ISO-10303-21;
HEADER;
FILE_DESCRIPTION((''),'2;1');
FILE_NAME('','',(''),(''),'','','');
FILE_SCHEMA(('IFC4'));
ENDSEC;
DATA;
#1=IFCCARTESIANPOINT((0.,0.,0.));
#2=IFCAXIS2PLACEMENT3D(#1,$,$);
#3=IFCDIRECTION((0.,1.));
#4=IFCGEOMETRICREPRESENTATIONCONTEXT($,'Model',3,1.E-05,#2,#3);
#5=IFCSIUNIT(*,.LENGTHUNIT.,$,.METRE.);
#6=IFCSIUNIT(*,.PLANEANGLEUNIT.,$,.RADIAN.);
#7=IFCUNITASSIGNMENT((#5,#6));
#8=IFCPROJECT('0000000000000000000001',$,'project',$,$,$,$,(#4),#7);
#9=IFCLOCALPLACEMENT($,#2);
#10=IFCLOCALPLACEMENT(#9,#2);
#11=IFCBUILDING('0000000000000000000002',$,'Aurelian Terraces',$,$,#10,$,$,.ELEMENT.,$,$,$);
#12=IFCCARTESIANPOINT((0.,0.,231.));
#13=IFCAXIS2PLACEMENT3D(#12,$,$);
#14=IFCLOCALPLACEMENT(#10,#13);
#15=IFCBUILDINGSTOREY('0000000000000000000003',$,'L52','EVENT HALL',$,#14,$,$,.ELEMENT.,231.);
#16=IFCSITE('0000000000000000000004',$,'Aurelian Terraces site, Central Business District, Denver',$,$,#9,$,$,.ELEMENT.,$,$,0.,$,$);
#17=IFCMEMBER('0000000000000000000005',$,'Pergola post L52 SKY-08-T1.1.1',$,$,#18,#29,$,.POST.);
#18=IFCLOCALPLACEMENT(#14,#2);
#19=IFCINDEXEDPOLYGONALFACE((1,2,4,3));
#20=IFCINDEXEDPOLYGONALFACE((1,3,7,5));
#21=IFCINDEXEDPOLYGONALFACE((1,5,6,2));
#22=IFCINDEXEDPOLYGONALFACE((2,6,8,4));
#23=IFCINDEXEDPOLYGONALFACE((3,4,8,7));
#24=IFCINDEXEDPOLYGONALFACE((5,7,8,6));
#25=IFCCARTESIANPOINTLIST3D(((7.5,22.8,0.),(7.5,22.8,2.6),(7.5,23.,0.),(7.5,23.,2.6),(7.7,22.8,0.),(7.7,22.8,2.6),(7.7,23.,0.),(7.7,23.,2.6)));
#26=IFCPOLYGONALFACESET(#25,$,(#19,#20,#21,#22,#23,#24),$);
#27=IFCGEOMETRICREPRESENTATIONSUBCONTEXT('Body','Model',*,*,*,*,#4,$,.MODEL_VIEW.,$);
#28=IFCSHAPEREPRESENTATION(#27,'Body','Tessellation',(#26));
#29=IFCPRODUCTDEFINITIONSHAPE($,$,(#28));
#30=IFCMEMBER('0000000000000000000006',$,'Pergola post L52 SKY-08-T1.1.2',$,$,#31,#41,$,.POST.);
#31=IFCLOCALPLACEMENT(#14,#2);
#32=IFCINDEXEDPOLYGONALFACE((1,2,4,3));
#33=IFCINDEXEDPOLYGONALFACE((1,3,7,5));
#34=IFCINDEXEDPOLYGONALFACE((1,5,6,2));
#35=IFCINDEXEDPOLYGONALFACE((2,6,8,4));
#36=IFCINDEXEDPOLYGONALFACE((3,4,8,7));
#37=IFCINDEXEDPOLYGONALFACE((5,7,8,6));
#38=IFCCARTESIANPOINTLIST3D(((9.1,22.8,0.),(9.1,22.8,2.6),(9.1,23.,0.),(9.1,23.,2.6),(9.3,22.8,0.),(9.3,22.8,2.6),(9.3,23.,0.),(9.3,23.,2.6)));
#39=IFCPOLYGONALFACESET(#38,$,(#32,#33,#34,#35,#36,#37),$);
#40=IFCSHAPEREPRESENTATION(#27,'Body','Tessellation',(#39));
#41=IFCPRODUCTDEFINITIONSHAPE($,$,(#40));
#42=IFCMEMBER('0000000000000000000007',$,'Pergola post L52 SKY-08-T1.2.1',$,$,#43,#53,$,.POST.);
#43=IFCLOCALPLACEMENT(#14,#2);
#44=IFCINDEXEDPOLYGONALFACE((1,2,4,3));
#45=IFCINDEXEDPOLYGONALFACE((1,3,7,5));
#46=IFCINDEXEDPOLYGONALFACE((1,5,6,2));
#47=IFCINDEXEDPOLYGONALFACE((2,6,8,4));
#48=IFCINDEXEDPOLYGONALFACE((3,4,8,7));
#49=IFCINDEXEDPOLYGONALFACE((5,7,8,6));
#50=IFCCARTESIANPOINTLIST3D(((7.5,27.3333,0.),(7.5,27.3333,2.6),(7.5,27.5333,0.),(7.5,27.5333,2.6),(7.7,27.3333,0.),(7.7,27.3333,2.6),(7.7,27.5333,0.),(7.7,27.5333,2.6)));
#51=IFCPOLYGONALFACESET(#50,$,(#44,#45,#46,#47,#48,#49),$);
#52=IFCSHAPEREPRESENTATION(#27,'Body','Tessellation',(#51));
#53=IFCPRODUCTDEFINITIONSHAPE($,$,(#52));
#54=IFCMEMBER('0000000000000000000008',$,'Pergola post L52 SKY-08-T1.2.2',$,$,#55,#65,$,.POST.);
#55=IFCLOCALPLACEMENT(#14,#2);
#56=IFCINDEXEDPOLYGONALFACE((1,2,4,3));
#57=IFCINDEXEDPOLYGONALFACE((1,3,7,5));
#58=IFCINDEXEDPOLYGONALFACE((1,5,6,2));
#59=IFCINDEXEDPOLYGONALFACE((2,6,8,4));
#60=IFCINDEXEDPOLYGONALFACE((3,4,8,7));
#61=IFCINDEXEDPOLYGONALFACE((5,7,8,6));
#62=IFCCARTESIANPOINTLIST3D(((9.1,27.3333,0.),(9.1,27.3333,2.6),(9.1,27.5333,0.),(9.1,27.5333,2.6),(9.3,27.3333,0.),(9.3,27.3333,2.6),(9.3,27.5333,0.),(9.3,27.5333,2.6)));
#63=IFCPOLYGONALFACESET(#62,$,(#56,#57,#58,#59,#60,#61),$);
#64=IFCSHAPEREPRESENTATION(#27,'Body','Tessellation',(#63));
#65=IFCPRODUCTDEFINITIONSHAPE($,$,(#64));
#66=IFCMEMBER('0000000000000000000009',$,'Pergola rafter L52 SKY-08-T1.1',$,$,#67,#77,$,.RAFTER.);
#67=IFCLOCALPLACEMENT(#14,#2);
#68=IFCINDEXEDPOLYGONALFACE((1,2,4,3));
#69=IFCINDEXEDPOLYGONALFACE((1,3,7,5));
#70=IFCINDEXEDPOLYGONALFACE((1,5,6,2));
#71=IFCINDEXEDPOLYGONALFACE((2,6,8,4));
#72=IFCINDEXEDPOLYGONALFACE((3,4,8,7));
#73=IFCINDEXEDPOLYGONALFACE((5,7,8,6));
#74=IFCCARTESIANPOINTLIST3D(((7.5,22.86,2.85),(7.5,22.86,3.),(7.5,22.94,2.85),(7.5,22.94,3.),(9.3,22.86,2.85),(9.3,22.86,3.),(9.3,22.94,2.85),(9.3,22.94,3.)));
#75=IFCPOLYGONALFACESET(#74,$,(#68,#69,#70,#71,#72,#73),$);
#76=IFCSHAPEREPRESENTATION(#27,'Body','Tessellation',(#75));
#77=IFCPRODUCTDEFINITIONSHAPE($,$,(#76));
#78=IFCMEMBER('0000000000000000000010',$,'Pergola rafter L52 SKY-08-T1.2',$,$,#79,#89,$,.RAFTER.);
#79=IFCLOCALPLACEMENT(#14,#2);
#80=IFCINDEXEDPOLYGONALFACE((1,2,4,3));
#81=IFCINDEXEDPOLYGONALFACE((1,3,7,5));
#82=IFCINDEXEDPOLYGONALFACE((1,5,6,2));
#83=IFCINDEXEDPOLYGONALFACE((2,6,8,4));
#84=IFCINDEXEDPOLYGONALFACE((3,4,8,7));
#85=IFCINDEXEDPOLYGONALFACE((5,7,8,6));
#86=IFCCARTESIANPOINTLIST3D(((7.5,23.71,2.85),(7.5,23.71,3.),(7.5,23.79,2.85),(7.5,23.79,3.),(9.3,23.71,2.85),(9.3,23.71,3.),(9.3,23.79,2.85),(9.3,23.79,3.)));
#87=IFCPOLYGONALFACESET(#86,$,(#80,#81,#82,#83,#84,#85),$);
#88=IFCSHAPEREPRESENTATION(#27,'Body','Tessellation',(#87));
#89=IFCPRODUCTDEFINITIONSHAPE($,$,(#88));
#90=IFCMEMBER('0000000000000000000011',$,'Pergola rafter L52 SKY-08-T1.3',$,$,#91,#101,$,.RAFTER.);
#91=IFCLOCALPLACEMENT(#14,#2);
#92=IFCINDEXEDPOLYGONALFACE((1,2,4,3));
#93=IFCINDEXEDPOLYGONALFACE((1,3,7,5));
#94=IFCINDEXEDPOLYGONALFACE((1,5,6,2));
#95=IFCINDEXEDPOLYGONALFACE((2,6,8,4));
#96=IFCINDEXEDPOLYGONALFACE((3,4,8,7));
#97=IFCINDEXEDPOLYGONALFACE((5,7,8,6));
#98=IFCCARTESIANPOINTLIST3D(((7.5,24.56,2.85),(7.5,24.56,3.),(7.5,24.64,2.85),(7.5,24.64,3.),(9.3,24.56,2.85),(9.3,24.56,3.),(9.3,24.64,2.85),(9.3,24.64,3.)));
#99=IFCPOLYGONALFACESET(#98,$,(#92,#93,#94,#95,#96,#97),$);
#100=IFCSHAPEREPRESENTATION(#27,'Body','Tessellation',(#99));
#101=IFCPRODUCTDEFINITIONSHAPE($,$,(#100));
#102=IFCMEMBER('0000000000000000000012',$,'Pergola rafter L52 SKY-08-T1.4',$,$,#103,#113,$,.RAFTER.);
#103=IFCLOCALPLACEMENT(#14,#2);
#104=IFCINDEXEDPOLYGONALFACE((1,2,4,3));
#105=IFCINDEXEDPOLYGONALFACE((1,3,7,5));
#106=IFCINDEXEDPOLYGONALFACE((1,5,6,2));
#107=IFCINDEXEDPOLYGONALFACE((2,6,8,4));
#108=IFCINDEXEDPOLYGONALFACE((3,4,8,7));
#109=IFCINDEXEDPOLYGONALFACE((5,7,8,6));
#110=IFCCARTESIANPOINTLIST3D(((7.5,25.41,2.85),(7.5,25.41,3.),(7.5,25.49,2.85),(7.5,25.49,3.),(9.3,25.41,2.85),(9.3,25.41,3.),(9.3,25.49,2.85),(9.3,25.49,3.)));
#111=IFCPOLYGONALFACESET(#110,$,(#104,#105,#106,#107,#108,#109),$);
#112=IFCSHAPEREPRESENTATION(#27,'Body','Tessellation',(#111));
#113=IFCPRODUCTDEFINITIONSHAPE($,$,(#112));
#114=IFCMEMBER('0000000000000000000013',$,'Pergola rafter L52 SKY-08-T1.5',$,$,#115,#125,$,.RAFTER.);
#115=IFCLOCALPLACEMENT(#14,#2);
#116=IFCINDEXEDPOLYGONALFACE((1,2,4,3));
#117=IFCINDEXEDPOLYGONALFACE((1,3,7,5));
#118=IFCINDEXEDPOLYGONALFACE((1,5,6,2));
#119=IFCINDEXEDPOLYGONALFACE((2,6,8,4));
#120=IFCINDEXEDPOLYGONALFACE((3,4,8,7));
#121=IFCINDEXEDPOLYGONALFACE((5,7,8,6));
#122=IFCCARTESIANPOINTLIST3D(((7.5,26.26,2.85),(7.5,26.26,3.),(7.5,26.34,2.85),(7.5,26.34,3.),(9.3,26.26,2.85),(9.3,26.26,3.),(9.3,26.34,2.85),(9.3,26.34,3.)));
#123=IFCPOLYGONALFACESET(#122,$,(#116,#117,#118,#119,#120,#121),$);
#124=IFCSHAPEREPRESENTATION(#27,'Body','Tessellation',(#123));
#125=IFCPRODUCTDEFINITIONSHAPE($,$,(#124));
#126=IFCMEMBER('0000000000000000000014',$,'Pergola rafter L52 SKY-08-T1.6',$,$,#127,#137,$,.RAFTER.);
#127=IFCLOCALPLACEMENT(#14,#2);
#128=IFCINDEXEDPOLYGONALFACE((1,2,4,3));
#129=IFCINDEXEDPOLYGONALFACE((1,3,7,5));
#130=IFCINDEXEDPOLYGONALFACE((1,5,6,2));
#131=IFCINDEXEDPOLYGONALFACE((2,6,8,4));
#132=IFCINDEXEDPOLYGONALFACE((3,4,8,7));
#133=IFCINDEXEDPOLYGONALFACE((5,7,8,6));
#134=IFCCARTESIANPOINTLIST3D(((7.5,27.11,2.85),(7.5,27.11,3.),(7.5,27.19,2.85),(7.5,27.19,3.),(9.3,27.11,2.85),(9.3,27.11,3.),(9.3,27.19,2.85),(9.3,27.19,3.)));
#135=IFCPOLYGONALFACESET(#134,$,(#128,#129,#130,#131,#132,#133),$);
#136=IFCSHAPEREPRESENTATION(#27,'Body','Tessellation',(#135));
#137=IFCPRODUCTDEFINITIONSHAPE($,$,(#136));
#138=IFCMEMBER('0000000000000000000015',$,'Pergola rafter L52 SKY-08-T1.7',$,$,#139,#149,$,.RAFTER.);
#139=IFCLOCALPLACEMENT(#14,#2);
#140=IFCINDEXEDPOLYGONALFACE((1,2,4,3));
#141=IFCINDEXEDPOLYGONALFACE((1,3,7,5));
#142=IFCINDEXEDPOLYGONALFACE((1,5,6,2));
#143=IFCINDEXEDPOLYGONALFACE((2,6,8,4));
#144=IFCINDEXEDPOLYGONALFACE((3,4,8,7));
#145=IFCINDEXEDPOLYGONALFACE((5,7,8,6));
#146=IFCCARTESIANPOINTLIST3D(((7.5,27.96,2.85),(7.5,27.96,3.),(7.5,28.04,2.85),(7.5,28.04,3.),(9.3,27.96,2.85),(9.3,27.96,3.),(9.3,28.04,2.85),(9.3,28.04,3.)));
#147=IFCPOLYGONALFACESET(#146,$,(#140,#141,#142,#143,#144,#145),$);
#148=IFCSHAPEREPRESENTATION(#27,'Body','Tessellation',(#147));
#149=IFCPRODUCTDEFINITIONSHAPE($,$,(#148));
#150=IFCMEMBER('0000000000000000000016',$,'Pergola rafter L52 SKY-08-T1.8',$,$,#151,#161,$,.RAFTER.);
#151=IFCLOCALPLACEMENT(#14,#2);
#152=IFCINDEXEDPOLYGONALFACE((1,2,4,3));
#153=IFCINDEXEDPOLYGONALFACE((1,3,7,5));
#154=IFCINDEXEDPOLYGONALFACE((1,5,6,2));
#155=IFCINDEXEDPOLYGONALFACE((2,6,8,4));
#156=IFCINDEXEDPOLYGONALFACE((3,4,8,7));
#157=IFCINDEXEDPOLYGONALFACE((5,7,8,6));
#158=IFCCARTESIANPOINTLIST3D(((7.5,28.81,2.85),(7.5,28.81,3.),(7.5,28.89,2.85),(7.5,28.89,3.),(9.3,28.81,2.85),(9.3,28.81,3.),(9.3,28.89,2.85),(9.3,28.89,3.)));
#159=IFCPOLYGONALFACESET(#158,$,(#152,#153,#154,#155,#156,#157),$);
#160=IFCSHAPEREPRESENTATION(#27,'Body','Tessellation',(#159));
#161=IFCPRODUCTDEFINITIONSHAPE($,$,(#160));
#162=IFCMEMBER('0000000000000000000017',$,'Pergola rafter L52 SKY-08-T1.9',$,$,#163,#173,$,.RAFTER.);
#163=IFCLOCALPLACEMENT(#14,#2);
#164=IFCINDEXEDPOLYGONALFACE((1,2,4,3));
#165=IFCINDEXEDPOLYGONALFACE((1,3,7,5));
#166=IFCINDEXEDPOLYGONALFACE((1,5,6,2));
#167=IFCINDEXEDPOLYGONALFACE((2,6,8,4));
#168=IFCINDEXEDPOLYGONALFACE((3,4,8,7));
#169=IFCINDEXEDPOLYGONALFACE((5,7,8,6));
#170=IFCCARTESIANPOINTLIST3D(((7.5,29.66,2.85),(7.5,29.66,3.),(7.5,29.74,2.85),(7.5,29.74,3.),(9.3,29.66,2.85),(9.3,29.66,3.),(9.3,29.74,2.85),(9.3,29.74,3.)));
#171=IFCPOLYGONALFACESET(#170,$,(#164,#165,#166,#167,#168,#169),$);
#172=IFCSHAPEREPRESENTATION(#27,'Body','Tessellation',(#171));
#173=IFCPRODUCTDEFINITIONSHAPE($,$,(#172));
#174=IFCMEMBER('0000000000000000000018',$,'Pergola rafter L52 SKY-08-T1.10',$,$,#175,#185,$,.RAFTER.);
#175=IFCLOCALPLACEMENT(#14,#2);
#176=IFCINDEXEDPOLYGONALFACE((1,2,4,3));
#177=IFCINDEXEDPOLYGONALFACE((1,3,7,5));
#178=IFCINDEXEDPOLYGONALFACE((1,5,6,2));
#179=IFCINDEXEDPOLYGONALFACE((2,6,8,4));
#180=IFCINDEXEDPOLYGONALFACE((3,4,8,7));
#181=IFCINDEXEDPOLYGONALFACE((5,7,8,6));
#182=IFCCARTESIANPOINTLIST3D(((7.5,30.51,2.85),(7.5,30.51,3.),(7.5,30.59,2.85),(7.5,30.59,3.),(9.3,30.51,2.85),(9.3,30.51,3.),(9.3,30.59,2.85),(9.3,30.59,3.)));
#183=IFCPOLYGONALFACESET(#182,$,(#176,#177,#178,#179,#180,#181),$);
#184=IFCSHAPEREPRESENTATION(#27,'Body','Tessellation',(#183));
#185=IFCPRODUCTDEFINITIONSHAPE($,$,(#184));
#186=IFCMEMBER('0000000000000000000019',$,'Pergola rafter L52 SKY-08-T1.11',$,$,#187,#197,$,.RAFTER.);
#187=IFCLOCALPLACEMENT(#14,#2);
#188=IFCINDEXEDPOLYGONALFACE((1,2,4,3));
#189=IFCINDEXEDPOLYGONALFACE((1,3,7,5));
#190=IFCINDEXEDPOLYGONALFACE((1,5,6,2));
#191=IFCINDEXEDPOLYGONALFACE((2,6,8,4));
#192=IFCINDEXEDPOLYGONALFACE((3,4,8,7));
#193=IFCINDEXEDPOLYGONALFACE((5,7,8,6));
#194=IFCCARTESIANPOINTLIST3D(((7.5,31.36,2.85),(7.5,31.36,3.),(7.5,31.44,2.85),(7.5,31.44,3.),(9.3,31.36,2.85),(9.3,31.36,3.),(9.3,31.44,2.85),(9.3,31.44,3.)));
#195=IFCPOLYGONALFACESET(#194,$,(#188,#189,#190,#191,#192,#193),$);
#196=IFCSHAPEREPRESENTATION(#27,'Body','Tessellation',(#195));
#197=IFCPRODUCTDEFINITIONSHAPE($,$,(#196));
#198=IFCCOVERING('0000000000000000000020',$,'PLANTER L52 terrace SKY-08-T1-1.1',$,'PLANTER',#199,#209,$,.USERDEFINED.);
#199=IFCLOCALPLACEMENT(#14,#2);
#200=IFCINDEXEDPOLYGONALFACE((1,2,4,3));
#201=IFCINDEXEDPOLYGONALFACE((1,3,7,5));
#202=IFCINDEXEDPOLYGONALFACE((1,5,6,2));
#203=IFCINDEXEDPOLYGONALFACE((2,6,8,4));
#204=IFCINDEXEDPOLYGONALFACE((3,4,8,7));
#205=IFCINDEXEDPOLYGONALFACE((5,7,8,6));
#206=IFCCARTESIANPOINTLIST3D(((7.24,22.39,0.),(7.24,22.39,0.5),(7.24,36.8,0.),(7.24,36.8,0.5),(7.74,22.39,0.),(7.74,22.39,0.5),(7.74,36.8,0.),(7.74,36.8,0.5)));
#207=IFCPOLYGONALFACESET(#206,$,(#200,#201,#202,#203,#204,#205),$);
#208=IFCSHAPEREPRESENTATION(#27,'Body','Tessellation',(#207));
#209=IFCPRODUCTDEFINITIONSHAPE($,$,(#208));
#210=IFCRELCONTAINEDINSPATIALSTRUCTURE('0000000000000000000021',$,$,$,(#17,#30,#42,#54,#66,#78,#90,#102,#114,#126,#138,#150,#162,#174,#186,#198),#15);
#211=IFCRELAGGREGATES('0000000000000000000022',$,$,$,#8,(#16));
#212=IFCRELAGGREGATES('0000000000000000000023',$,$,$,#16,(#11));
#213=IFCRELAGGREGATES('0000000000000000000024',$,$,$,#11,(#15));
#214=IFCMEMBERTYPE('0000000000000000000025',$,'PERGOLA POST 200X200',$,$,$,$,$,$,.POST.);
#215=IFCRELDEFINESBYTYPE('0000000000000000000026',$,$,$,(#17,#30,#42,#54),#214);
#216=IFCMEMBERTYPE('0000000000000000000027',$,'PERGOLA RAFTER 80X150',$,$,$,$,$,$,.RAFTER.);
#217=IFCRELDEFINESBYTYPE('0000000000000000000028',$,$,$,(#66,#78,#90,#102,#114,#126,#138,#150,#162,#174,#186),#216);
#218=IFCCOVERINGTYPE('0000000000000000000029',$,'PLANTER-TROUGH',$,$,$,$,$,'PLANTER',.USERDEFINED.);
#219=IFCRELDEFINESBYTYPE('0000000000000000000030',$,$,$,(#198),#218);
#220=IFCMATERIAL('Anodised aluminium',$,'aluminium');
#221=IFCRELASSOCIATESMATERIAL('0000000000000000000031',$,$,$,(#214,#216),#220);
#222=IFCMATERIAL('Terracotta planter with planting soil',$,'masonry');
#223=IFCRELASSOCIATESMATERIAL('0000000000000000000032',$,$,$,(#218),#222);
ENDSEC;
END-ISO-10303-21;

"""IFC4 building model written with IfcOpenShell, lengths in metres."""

from ifc_helpers import new_model, si_unit, direction, frame, origin, origin_2d, place, context, subcontext, project, spatial, rectangle, extrude, source, transform, mapped, material, material_profile, profile_set, type_object, element, save


model = new_model("IFC4")

# Units and contexts
model_context = context("Model", 3, precision=1e-05, world=origin(), true_north=direction((0.0, 1.0)))
body_context = subcontext(model_context, "Body", "Model", "MODEL_VIEW")
ifc_project = project(units=[si_unit("LENGTHUNIT", "METRE"), si_unit("PLANEANGLEUNIT", "RADIAN")], contexts=[model_context])

# Site, building, storey
site_placement = place(None, origin())
site = spatial("IfcSite", under=ifc_project, at=site_placement, Name="Aurelian Terraces site, Central Business District, Denver", CompositionType="ELEMENT", RefElevation=0.0)
building_placement = place(site_placement, origin())
building = spatial("IfcBuilding", under=site, at=building_placement, Name="Aurelian Terraces", CompositionType="ELEMENT")
storey_placement = place(building_placement, frame((0.0, 0.0, 231.0)))
storey = spatial("IfcBuildingStorey", under=building, at=storey_placement, Name="L52", Description="EVENT HALL", CompositionType="ELEMENT", Elevation=231.0)

# Members
ifc_material_1 = material(Name="Anodised aluminium", Category="aluminium")
ifc_material_profile_1 = material_profile(ifc_material_1, rectangle(XDim=0.2, YDim=0.2, at=origin_2d()))
ifc_profile_set_1 = profile_set([ifc_material_profile_1], Name="Anodised aluminium")
member_type_1 = type_object("IfcMemberType", Name="PERGOLA POST 200X200", PredefinedType="POST", material=ifc_profile_set_1)
shared_shape_1 = source(origin(), body_context, "Body", "SweptSolid", [
    extrude(rectangle(XDim=0.2, YDim=0.2, at=origin_2d()), origin(), (0.0, 0.0, 1.0), 2.6),
])
for number, where, z_axis, x_axis, name in (
    (1, (7.6, 22.9, 0.0), (0.0, 0.0, 1.0), (1.0, 0.0, 0.0), "Pergola post L52 SKY-08-T1.1.1"),
    (2, (9.2, 22.9, 0.0), (0.0, 0.0, 1.0), (1.0, 0.0, 0.0), "Pergola post L52 SKY-08-T1.1.2"),
    (3, (7.6, 27.4333, 0.0), (0.0, 0.0, 1.0), (1.0, 0.0, 0.0), "Pergola post L52 SKY-08-T1.2.1"),
    (4, (9.2, 27.4333, 0.0), (0.0, 0.0, 1.0), (1.0, 0.0, 0.0), "Pergola post L52 SKY-08-T1.2.2"),
):
    element("IfcMember", number, at=place(storey_placement, frame(where, z_axis=z_axis, x_axis=x_axis)), inside=storey, type_object=member_type_1, Name=name, PredefinedType="POST", context=body_context, shape_type="MappedRepresentation", body=[
        mapped(shared_shape_1, transform((0.0, 0.0, 0.0), scale=1.0)),
    ])
ifc_material_profile_2 = material_profile(ifc_material_1, rectangle(XDim=0.08, YDim=0.15, at=origin_2d()))
ifc_profile_set_2 = profile_set([ifc_material_profile_2], Name="Anodised aluminium")
member_type_2 = type_object("IfcMemberType", Name="PERGOLA RAFTER 80X150", PredefinedType="RAFTER", material=ifc_profile_set_2)
shared_shape_2 = source(origin(), body_context, "Body", "SweptSolid", [
    extrude(rectangle(XDim=0.08, YDim=0.15, at=origin_2d()), origin(), (0.0, 0.0, 1.0), 1.8),
])
for number, where, z_axis, x_axis, name in (
    (5, (7.5, 22.9, 2.925), (1.0, 0.0, 0.0), (0.0, 1.0, 0.0), "Pergola rafter L52 SKY-08-T1.1"),
    (6, (7.5, 23.75, 2.925), (1.0, 0.0, 0.0), (0.0, 1.0, 0.0), "Pergola rafter L52 SKY-08-T1.2"),
    (7, (7.5, 24.6, 2.925), (1.0, 0.0, 0.0), (0.0, 1.0, 0.0), "Pergola rafter L52 SKY-08-T1.3"),
    (8, (7.5, 25.45, 2.925), (1.0, 0.0, 0.0), (0.0, 1.0, 0.0), "Pergola rafter L52 SKY-08-T1.4"),
    (9, (7.5, 26.3, 2.925), (1.0, 0.0, 0.0), (0.0, 1.0, 0.0), "Pergola rafter L52 SKY-08-T1.5"),
    (10, (7.5, 27.15, 2.925), (1.0, 0.0, 0.0), (0.0, 1.0, 0.0), "Pergola rafter L52 SKY-08-T1.6"),
    (11, (7.5, 28.0, 2.925), (1.0, 0.0, 0.0), (0.0, 1.0, 0.0), "Pergola rafter L52 SKY-08-T1.7"),
    (12, (7.5, 28.85, 2.925), (1.0, 0.0, 0.0), (0.0, 1.0, 0.0), "Pergola rafter L52 SKY-08-T1.8"),
    (13, (7.5, 29.7, 2.925), (1.0, 0.0, 0.0), (0.0, 1.0, 0.0), "Pergola rafter L52 SKY-08-T1.9"),
    (14, (7.5, 30.55, 2.925), (1.0, 0.0, 0.0), (0.0, 1.0, 0.0), "Pergola rafter L52 SKY-08-T1.10"),
    (15, (7.5, 31.4, 2.925), (1.0, 0.0, 0.0), (0.0, 1.0, 0.0), "Pergola rafter L52 SKY-08-T1.11"),
):
    element("IfcMember", number, at=place(storey_placement, frame(where, z_axis=z_axis, x_axis=x_axis)), inside=storey, type_object=member_type_2, Name=name, PredefinedType="RAFTER", context=body_context, shape_type="MappedRepresentation", body=[
        mapped(shared_shape_2, transform((0.0, 0.0, 0.0), scale=1.0)),
    ])

# Covering
ifc_material_2 = material(Name="Terracotta planter with planting soil", Category="masonry")
covering_type = type_object("IfcCoveringType", Name="PLANTER-TROUGH", ElementType="PLANTER", PredefinedType="USERDEFINED", material=ifc_material_2)
shared_shape_3 = source(origin(), body_context, "Body", "SweptSolid", [
    extrude(rectangle(XDim=0.5, YDim=14.41, at=origin_2d()), origin(), (0.0, 0.0, 1.0), 0.5),
])
covering_placement = place(storey_placement, frame((7.49, 29.595, 0.0), z_axis=(0.0, 0.0, 1.0), x_axis=(1.0, 0.0, 0.0)))
element("IfcCovering", 16, at=covering_placement, inside=storey, type_object=covering_type, Name="PLANTER L52 terrace SKY-08-T1-1.1", ObjectType="PLANTER", PredefinedType="USERDEFINED", context=body_context, shape_type="MappedRepresentation", body=[
    mapped(shared_shape_3, transform((0.0, 0.0, 0.0), scale=1.0)),
])

save(model, "model.ifc")
